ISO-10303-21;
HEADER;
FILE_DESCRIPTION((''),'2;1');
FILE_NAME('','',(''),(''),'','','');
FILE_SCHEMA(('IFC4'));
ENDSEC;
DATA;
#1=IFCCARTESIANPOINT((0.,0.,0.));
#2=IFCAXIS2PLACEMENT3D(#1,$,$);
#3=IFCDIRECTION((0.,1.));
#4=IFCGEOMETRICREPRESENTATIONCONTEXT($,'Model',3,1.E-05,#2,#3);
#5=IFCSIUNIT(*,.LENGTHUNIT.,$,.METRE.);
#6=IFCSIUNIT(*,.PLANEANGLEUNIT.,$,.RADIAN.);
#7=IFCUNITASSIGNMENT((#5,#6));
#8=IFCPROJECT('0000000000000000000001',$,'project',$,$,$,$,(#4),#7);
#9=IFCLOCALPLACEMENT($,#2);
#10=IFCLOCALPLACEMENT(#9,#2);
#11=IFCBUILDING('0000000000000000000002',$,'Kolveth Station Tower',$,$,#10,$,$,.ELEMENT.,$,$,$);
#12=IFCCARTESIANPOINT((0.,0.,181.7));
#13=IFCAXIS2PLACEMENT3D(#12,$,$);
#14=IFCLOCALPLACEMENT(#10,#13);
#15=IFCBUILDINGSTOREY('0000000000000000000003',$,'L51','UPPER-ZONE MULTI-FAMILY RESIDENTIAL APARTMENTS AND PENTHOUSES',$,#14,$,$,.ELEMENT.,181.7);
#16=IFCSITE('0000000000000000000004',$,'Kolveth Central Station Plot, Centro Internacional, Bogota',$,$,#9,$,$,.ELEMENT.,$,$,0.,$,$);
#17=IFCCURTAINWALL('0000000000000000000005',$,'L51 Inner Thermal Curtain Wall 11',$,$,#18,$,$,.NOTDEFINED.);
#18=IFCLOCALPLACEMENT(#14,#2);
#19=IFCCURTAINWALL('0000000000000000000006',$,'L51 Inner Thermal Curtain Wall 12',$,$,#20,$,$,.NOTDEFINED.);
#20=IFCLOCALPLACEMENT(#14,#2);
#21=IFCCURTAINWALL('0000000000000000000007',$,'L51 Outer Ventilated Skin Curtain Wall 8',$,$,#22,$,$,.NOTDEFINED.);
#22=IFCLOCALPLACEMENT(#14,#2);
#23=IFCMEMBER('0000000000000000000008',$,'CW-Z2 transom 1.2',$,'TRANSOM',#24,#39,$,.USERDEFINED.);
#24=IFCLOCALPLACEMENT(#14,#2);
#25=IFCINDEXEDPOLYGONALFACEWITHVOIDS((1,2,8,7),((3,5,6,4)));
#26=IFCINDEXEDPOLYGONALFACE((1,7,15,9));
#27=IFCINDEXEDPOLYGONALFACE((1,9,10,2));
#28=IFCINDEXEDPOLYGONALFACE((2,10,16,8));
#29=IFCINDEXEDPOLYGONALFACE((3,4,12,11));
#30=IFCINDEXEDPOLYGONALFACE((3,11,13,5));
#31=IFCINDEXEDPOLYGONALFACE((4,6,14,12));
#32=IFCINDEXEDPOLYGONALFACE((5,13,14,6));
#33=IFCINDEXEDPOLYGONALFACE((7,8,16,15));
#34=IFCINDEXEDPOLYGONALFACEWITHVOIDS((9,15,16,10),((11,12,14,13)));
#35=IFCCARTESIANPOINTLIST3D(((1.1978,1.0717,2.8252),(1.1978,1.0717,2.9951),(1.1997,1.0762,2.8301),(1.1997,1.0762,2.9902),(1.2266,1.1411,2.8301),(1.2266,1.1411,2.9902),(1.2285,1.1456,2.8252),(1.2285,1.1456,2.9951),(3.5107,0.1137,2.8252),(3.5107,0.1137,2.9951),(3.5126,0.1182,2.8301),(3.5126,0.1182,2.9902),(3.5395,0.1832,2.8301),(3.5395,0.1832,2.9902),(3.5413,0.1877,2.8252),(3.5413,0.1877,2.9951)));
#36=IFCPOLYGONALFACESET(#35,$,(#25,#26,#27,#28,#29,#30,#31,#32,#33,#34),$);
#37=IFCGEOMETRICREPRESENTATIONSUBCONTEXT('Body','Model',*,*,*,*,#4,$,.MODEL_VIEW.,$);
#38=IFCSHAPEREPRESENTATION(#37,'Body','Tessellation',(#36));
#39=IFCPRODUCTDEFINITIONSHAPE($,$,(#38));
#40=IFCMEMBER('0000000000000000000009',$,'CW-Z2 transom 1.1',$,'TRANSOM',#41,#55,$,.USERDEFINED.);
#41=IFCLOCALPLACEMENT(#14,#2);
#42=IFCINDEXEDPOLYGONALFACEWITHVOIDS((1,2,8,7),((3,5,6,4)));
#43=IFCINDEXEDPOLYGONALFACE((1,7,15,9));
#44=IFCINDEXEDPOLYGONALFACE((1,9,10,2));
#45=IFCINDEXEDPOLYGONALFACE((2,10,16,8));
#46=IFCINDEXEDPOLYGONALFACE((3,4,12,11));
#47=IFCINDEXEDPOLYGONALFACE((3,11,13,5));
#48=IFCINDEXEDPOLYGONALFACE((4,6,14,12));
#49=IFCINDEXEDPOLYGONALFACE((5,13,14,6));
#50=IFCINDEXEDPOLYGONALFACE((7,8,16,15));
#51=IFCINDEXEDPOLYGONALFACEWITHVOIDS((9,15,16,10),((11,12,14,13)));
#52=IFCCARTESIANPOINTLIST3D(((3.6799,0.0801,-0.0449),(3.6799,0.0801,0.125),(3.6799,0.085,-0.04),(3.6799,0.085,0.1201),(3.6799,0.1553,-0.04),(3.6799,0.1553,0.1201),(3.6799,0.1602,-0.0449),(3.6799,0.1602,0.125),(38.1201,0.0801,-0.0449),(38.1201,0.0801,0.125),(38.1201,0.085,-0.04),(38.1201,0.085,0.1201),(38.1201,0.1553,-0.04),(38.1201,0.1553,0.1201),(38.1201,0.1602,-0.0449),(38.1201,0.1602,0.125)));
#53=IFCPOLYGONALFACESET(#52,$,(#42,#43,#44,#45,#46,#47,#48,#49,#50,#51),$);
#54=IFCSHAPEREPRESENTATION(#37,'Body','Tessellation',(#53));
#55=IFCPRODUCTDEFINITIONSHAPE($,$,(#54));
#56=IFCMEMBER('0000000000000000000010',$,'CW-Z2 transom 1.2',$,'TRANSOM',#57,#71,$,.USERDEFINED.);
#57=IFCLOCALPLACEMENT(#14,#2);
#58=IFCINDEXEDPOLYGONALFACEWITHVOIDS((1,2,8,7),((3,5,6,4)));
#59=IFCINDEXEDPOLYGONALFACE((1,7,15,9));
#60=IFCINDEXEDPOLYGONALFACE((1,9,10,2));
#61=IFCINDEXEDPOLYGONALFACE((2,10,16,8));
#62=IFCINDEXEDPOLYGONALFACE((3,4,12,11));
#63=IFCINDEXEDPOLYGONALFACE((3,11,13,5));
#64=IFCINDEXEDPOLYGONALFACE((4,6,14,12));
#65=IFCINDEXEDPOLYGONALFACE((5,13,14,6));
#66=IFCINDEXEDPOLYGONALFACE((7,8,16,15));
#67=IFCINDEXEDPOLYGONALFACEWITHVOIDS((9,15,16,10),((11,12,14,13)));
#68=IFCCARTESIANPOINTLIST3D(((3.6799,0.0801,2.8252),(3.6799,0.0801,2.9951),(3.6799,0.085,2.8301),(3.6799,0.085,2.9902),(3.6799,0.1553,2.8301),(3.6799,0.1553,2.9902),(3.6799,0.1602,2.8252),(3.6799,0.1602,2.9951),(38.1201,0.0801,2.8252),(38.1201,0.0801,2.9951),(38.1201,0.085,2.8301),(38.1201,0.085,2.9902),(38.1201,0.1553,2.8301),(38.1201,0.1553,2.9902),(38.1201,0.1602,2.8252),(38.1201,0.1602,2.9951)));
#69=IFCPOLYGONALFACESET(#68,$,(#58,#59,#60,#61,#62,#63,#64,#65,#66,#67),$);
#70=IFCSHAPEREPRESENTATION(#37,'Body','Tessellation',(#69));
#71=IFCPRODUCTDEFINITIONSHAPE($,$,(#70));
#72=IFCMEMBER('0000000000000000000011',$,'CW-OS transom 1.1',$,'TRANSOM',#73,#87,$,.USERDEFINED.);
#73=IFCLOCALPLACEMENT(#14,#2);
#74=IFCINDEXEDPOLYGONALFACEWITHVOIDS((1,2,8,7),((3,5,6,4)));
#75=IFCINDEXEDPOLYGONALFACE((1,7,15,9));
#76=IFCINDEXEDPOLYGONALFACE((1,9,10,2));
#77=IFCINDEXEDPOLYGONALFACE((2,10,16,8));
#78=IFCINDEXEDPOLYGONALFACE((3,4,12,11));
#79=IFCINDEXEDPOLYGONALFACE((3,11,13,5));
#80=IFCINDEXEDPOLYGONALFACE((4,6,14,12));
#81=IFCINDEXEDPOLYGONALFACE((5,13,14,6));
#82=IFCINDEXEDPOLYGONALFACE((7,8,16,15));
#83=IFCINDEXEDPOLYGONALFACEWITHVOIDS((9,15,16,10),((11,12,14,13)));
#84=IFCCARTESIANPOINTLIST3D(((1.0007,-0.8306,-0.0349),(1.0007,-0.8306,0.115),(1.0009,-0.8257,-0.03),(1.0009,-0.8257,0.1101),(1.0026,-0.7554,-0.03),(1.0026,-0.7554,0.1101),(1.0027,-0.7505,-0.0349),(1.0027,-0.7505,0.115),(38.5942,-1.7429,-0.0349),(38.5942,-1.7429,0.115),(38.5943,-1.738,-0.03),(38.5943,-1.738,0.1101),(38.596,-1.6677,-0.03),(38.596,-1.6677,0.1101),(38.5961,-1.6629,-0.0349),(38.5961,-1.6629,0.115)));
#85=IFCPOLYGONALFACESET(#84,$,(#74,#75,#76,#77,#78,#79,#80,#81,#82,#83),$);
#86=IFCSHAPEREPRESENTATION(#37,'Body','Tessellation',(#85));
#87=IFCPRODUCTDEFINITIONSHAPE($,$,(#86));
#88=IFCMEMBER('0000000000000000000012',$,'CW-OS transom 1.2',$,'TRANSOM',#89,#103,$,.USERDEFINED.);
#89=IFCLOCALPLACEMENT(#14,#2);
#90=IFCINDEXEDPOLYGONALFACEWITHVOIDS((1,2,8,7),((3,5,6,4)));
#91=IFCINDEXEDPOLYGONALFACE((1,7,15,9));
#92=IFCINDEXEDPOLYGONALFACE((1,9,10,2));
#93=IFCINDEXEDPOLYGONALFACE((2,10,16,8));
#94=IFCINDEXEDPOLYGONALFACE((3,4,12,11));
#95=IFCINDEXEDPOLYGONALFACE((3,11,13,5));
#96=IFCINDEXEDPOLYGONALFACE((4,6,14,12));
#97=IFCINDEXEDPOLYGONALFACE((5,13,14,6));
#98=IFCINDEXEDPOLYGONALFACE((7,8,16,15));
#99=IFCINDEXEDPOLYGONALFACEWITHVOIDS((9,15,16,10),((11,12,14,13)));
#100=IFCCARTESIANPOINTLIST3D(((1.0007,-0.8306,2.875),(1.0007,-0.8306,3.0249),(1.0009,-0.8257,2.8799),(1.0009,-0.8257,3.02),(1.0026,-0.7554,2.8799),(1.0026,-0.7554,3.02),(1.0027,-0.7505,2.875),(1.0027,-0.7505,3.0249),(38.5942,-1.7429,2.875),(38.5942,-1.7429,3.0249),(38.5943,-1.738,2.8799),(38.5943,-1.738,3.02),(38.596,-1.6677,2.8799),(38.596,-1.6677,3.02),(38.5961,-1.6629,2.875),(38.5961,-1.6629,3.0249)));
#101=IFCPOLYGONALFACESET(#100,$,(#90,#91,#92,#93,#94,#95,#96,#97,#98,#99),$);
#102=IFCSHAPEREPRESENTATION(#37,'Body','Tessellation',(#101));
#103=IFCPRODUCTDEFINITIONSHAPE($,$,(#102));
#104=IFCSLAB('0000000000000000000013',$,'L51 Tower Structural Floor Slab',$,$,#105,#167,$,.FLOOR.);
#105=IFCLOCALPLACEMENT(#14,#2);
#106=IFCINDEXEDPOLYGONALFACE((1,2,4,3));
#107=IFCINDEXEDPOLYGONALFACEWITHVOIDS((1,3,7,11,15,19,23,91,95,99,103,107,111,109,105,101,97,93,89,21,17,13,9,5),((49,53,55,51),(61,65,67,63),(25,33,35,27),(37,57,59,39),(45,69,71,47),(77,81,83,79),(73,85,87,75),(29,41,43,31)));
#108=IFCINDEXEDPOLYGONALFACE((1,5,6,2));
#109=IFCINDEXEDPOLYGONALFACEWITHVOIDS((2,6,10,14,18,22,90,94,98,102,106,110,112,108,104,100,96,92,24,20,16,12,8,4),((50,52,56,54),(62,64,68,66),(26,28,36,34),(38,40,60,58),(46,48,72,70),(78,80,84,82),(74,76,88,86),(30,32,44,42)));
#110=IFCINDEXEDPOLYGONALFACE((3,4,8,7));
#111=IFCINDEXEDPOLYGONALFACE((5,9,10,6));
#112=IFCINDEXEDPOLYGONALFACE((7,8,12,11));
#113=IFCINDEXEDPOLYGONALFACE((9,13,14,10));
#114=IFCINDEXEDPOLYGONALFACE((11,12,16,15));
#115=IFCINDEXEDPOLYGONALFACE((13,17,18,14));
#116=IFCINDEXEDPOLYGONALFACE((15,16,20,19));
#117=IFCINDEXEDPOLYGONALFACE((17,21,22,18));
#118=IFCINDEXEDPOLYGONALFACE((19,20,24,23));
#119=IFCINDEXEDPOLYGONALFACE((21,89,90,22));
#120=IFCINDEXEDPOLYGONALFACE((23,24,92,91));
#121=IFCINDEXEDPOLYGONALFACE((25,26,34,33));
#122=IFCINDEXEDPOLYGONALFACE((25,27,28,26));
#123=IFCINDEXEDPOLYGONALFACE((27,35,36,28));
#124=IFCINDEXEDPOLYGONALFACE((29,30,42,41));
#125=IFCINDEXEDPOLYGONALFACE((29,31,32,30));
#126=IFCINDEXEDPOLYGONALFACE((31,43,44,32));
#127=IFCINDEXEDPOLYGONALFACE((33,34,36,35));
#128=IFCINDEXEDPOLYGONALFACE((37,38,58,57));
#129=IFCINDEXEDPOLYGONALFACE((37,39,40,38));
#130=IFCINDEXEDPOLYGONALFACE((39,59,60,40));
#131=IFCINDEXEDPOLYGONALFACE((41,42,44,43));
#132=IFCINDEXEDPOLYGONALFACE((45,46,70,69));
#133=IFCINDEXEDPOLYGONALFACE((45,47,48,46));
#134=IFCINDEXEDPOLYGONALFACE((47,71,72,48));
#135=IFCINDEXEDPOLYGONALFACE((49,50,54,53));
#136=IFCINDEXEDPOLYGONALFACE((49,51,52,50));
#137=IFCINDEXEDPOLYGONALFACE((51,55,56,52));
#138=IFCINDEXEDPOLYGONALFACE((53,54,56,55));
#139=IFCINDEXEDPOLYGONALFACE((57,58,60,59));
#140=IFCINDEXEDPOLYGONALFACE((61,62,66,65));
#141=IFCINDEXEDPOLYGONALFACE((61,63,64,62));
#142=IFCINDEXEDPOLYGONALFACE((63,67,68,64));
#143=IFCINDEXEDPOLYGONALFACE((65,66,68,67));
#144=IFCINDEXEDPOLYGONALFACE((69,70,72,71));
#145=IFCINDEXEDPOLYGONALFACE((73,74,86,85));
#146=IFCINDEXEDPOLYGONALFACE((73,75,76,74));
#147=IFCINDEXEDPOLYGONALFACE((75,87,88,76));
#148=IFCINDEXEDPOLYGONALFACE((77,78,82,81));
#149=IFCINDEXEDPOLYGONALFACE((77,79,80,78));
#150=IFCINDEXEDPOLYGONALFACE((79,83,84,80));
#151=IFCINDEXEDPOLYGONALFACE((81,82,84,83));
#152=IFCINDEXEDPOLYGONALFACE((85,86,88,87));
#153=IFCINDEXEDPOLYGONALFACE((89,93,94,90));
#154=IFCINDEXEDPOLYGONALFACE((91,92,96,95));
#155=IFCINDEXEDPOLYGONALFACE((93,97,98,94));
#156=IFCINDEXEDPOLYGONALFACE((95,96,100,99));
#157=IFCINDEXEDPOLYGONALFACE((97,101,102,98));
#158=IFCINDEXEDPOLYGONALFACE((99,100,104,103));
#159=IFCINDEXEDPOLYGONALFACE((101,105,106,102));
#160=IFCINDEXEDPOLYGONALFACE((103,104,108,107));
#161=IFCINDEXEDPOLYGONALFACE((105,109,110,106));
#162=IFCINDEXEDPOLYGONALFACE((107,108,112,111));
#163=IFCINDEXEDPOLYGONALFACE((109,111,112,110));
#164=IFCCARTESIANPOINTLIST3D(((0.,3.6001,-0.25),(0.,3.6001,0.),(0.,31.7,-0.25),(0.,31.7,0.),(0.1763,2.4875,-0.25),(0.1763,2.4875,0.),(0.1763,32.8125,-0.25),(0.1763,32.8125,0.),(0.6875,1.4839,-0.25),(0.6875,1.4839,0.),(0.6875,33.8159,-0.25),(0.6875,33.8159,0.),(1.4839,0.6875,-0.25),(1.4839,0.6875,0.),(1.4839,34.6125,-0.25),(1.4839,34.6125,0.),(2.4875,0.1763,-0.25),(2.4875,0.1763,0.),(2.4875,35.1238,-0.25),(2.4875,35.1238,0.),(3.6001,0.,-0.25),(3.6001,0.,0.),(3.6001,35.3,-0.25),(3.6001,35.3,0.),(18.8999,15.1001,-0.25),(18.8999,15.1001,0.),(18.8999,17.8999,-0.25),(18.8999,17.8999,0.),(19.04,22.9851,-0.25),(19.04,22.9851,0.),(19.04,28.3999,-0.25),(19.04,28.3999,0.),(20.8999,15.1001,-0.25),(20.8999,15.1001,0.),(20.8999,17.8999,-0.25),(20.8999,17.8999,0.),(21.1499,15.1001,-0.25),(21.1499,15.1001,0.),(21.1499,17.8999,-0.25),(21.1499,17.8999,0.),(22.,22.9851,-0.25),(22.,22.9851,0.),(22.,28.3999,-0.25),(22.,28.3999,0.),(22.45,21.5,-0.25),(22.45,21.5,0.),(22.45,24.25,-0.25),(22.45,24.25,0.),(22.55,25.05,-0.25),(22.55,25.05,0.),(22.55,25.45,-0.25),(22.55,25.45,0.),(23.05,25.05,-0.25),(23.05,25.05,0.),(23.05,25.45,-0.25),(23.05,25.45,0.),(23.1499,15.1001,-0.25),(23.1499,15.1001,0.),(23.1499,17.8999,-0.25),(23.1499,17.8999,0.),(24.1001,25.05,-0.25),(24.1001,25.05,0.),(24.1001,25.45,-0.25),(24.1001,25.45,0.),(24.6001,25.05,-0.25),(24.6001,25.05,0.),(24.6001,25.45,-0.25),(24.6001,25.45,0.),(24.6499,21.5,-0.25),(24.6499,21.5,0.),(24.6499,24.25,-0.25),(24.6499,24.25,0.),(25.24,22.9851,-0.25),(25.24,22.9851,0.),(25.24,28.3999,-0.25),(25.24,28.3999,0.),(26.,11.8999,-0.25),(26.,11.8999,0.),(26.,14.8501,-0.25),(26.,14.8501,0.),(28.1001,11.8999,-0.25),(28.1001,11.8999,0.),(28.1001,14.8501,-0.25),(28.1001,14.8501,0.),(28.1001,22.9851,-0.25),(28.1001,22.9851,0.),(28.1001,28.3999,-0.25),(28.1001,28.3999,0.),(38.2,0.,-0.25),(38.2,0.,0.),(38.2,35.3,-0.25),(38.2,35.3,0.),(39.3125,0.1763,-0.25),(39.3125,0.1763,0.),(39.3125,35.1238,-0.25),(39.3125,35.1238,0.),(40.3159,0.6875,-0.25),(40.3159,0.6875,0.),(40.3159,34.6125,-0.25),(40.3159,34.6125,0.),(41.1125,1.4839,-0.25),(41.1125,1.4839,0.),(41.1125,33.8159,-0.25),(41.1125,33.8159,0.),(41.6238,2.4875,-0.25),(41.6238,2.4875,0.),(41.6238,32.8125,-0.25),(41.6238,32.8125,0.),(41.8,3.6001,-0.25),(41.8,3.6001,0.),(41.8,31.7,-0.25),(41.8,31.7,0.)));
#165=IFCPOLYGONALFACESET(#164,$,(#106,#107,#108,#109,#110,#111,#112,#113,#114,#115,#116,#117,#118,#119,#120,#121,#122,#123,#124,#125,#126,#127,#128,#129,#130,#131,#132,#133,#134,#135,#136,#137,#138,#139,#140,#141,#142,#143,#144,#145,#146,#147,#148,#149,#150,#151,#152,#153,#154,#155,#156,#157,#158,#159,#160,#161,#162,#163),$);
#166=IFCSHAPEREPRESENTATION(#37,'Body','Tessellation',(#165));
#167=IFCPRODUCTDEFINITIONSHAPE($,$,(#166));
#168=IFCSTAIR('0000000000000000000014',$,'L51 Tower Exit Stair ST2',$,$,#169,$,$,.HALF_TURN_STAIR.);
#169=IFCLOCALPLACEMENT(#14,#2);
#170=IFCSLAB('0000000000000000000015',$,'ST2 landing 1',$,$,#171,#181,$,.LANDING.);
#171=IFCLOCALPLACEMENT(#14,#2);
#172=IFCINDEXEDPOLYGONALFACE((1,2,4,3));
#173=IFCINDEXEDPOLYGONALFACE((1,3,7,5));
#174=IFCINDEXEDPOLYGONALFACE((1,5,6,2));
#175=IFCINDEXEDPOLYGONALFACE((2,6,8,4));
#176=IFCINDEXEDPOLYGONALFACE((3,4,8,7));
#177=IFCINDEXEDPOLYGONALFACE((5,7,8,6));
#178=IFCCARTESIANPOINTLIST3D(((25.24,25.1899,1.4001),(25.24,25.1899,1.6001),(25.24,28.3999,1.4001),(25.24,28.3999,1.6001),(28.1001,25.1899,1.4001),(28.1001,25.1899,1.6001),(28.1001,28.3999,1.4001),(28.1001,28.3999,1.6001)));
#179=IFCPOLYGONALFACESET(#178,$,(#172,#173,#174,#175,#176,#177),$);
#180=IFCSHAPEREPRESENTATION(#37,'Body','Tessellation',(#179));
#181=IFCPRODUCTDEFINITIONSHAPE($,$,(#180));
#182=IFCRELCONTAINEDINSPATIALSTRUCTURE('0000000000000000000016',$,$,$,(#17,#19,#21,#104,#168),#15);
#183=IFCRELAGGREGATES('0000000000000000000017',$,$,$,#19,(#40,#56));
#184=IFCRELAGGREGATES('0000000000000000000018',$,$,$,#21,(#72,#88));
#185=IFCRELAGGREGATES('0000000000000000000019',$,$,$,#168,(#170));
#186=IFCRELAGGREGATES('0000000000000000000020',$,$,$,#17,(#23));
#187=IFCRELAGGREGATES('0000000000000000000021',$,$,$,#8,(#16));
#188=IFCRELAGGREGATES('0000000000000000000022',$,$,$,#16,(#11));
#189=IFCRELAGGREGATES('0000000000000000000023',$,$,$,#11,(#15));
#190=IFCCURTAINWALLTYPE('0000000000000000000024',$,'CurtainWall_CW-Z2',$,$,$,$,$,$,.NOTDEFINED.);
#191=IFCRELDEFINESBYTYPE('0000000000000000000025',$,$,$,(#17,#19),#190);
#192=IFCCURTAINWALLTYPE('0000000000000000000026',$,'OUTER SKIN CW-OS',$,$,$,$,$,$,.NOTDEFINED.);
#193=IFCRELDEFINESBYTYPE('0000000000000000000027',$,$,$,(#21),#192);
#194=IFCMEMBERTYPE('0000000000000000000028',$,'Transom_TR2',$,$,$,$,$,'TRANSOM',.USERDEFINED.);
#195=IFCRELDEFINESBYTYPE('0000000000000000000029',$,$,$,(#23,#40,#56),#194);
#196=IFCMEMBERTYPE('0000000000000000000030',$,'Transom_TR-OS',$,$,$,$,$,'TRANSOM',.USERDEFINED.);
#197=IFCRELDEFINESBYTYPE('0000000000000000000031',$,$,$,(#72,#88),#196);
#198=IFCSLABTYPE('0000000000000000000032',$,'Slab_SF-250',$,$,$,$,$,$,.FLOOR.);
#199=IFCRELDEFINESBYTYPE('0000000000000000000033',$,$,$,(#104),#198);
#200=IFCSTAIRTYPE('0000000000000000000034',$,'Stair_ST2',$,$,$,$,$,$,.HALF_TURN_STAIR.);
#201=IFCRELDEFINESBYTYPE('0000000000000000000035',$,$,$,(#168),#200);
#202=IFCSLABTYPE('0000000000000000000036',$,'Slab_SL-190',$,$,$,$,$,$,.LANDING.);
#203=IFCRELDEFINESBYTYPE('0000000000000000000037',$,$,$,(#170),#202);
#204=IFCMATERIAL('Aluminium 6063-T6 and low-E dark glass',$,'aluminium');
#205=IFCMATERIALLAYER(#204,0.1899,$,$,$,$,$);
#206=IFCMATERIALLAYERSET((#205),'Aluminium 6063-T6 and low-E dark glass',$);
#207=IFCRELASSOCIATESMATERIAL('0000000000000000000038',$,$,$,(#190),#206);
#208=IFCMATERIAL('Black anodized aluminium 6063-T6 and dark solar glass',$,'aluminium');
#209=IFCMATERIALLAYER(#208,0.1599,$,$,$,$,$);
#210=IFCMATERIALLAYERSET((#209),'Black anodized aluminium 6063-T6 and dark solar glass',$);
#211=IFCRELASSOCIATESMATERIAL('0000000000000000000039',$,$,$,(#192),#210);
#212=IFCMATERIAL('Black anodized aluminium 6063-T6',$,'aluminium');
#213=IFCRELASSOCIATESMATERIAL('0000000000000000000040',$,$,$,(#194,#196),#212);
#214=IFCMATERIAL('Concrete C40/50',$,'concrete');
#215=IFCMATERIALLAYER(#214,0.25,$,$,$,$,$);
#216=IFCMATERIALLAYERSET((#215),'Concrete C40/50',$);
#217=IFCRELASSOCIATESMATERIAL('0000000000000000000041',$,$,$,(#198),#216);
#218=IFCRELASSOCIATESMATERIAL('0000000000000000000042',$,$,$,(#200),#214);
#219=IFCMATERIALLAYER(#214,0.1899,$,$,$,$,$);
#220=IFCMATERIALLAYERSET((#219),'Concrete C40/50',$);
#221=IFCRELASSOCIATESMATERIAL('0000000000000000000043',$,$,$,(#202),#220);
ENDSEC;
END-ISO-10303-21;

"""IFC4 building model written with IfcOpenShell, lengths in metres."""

from ifc_helpers import new_model, si_unit, direction, frame, origin, origin_2d, place, context, subcontext, project, spatial, polyline, hollow_rectangle, outline, extrude, source, transform, mapped, material, layer, layer_set, material_profile, profile_set, type_object, element, aggregate, save


model = new_model("IFC4")

# Units and contexts
model_context = context("Model", 3, precision=1e-05, world=origin(), true_north=direction((0.0, 1.0)))
body_context = subcontext(model_context, "Body", "Model", "MODEL_VIEW")
ifc_project = project(units=[si_unit("LENGTHUNIT", "METRE"), si_unit("PLANEANGLEUNIT", "RADIAN")], contexts=[model_context])

# Site, building, storey
site_placement = place(None, origin())
site = spatial("IfcSite", under=ifc_project, at=site_placement, Name="Kolveth Central Station Plot, Centro Internacional, Bogota", CompositionType="ELEMENT", RefElevation=0.0)
building_placement = place(site_placement, origin())
building = spatial("IfcBuilding", under=site, at=building_placement, Name="Kolveth Station Tower", CompositionType="ELEMENT")
storey_placement = place(building_placement, frame((0.0, 0.0, 181.7)))
storey = spatial("IfcBuildingStorey", under=building, at=storey_placement, Name="L51", Description="UPPER-ZONE MULTI-FAMILY RESIDENTIAL APARTMENTS AND PENTHOUSES", CompositionType="ELEMENT", Elevation=181.7)

# Shared definitions
ifc_material_1 = material(Name="Aluminium 6063-T6 and low-E dark glass", Category="aluminium")
ifc_layer_1 = layer(ifc_material_1, 0.1899)
ifc_layer_set_1 = layer_set([ifc_layer_1], Name="Aluminium 6063-T6 and low-E dark glass")
curtain_wall_type_1 = type_object("IfcCurtainWallType", Name="CurtainWall_CW-Z2", PredefinedType="NOTDEFINED", material=ifc_layer_set_1)
ifc_material_2 = material(Name="Black anodized aluminium 6063-T6", Category="aluminium")

# Curtain wall
curtain_wall_1_placement = place(storey_placement, origin())
curtain_wall_1 = element("IfcCurtainWall", 1, at=curtain_wall_1_placement, inside=storey, type_object=curtain_wall_type_1, Name="L51 Inner Thermal Curtain Wall 11", PredefinedType="NOTDEFINED")

# Curtain walls
curtain_wall_2_placement = place(storey_placement, origin())
curtain_wall_2 = element("IfcCurtainWall", 2, at=curtain_wall_2_placement, inside=storey, type_object=curtain_wall_type_1, Name="L51 Inner Thermal Curtain Wall 12", PredefinedType="NOTDEFINED")
ifc_material_3 = material(Name="Black anodized aluminium 6063-T6 and dark solar glass", Category="aluminium")
ifc_layer_2 = layer(ifc_material_3, 0.1599)
ifc_layer_set_2 = layer_set([ifc_layer_2], Name="Black anodized aluminium 6063-T6 and dark solar glass")
curtain_wall_type_2 = type_object("IfcCurtainWallType", Name="OUTER SKIN CW-OS", PredefinedType="NOTDEFINED", material=ifc_layer_set_2)
curtain_wall_3_placement = place(storey_placement, origin())
curtain_wall_3 = element("IfcCurtainWall", 3, at=curtain_wall_3_placement, inside=storey, type_object=curtain_wall_type_2, Name="L51 Outer Ventilated Skin Curtain Wall 8", PredefinedType="NOTDEFINED")

# Members
ifc_material_profile_1 = material_profile(ifc_material_2, hollow_rectangle(XDim=0.0801, YDim=0.1699, WallThickness=0.0049, at=origin_2d()), Name="ALU-80x170x5")
ifc_profile_set_1 = profile_set([ifc_material_profile_1], Name="Black anodized aluminium 6063-T6")
member_type_1 = type_object("IfcMemberType", Name="Transom_TR2", ElementType="TRANSOM", PredefinedType="USERDEFINED", material=ifc_profile_set_1)
shared_shape_1 = source(origin(), body_context, "Body", "SweptSolid", [
    extrude(hollow_rectangle(XDim=0.0801, YDim=0.1699, WallThickness=0.0049, at=origin_2d()), origin(), (0.0, 0.0, 1.0), 2.5034),
])
member_1_placement = place(storey_placement, frame((1.2131, 1.1086, 2.9102), z_axis=(0.923888, -0.382662, 0.0), x_axis=(0.382662, 0.923888, 0.0)))
member_1 = element("IfcMember", 4, at=member_1_placement, type_object=member_type_1, Name="CW-Z2 transom 1.2", ObjectType="TRANSOM", PredefinedType="USERDEFINED", context=body_context, shape_type="MappedRepresentation", body=[
    mapped(shared_shape_1, transform((0.0, 0.0, 0.0), x_axis=(1.0, 0.0, 0.0), y_axis=(0.0, 1.0, 0.0), z_axis=(0.0, 0.0, 1.0), scale=1.0)),
])
shared_shape_2 = source(origin(), body_context, "Body", "SweptSolid", [
    extrude(hollow_rectangle(XDim=0.0801, YDim=0.1699, WallThickness=0.0049, at=origin_2d()), origin(), (0.0, 0.0, 1.0), 34.4402),
])
member_2_placement = place(storey_placement, frame((3.6799, 0.1201, 0.04), z_axis=(1.0, 0.0, 0.0), x_axis=(0.0, 1.0, 0.0)))
member_2 = element("IfcMember", 5, at=member_2_placement, type_object=member_type_1, Name="CW-Z2 transom 1.1", ObjectType="TRANSOM", PredefinedType="USERDEFINED", context=body_context, shape_type="MappedRepresentation", body=[
    mapped(shared_shape_2, transform((0.0, 0.0, 0.0), x_axis=(1.0, 0.0, 0.0), y_axis=(0.0, 1.0, 0.0), z_axis=(0.0, 0.0, 1.0), scale=1.0)),
])
member_3_placement = place(storey_placement, frame((3.6799, 0.1201, 2.9102), z_axis=(1.0, 0.0, 0.0), x_axis=(0.0, 1.0, 0.0)))
member_3 = element("IfcMember", 6, at=member_3_placement, type_object=member_type_1, Name="CW-Z2 transom 1.2", ObjectType="TRANSOM", PredefinedType="USERDEFINED", context=body_context, shape_type="MappedRepresentation", body=[
    mapped(shared_shape_2, transform((0.0, 0.0, 0.0), x_axis=(1.0, 0.0, 0.0), y_axis=(0.0, 1.0, 0.0), z_axis=(0.0, 0.0, 1.0), scale=1.0)),
])
aggregate(curtain_wall_2, [member_2, member_3])
ifc_material_profile_2 = material_profile(ifc_material_2, hollow_rectangle(XDim=0.0801, YDim=0.1499, WallThickness=0.0049, at=origin_2d()), Name="ALU-80x150x5")
ifc_profile_set_2 = profile_set([ifc_material_profile_2], Name="Black anodized aluminium 6063-T6")
member_type_2 = type_object("IfcMemberType", Name="Transom_TR-OS", ElementType="TRANSOM", PredefinedType="USERDEFINED", material=ifc_profile_set_2)
shared_shape_3 = source(origin(), body_context, "Body", "SweptSolid", [
    extrude(hollow_rectangle(XDim=0.0801, YDim=0.1499, WallThickness=0.0049, at=origin_2d()), origin(), (0.0, 0.0, 1.0), 37.6045),
])
member_4_placement = place(storey_placement, frame((1.0017, -0.7905, 0.04), z_axis=(0.999706, -0.024262, 0.0), x_axis=(0.024262, 0.999706, 0.0)))
member_4 = element("IfcMember", 7, at=member_4_placement, type_object=member_type_2, Name="CW-OS transom 1.1", ObjectType="TRANSOM", PredefinedType="USERDEFINED", context=body_context, shape_type="MappedRepresentation", body=[
    mapped(shared_shape_3, transform((0.0, 0.0, 0.0), x_axis=(1.0, 0.0, 0.0), y_axis=(0.0, 1.0, 0.0), z_axis=(0.0, 0.0, 1.0), scale=1.0)),
])
member_5_placement = place(storey_placement, frame((1.0017, -0.7905, 2.95), z_axis=(0.999706, -0.024262, 0.0), x_axis=(0.024262, 0.999706, 0.0)))
member_5 = element("IfcMember", 8, at=member_5_placement, type_object=member_type_2, Name="CW-OS transom 1.2", ObjectType="TRANSOM", PredefinedType="USERDEFINED", context=body_context, shape_type="MappedRepresentation", body=[
    mapped(shared_shape_3, transform((0.0, 0.0, 0.0), x_axis=(1.0, 0.0, 0.0), y_axis=(0.0, 1.0, 0.0), z_axis=(0.0, 0.0, 1.0), scale=1.0)),
])
aggregate(curtain_wall_3, [member_4, member_5])

# Slab
ifc_material_4 = material(Name="Concrete C40/50", Category="concrete")
ifc_layer_3 = layer(ifc_material_4, 0.25)
ifc_layer_set_3 = layer_set([ifc_layer_3], Name="Concrete C40/50")
slab_type_1 = type_object("IfcSlabType", Name="Slab_SF-250", PredefinedType="FLOOR", material=ifc_layer_set_3)
slab_1_placement = place(storey_placement, frame((0.0, 0.0, -0.25)))
element("IfcSlab", 9, at=slab_1_placement, inside=storey, type_object=slab_type_1, Name="L51 Tower Structural Floor Slab", PredefinedType="FLOOR", context=body_context, shape_type="SweptSolid", body=[
    extrude(outline(polyline([(38.2, 0.0), (39.3125, 0.1763), (40.3159, 0.6875), (41.1125, 1.4839), (41.6238, 2.4875), (41.8, 3.6001), (41.8, 31.7), (41.6238, 32.8125), (41.1125, 33.8159), (40.3159, 34.6125), (39.3125, 35.1238), (38.2, 35.3), (3.6001, 35.3), (2.4875, 35.1238), (1.4839, 34.6125), (0.6875, 33.8159), (0.1763, 32.8125), (0.0, 31.7), (0.0, 3.6001), (0.1763, 2.4875), (0.6875, 1.4839), (1.4839, 0.6875), (2.4875, 0.1763), (3.6001, 0.0), (38.2, 0.0)]), holes=[polyline([(19.04, 22.9851), (22.0, 22.9851), (22.0, 28.3999), (19.04, 28.3999), (19.04, 22.9851)]), polyline([(25.24, 22.9851), (28.1001, 22.9851), (28.1001, 28.3999), (25.24, 28.3999), (25.24, 22.9851)]), polyline([(18.8999, 15.1001), (20.8999, 15.1001), (20.8999, 17.8999), (18.8999, 17.8999), (18.8999, 15.1001)]), polyline([(21.1499, 15.1001), (23.1499, 15.1001), (23.1499, 17.8999), (21.1499, 17.8999), (21.1499, 15.1001)]), polyline([(22.45, 21.5), (24.6499, 21.5), (24.6499, 24.25), (22.45, 24.25), (22.45, 21.5)]), polyline([(26.0, 11.8999), (28.1001, 11.8999), (28.1001, 14.8501), (26.0, 14.8501), (26.0, 11.8999)]), polyline([(22.55, 25.05), (23.05, 25.05), (23.05, 25.45), (22.55, 25.45), (22.55, 25.05)]), polyline([(24.1001, 25.05), (24.6001, 25.05), (24.6001, 25.45), (24.1001, 25.45), (24.1001, 25.05)])]), origin(), (0.0, 0.0, 1.0), 0.25),
])

# Stair, slab
stair_type_1 = type_object("IfcStairType", Name="Stair_ST2", PredefinedType="HALF_TURN_STAIR", material=ifc_material_4)
stair_1_placement = place(storey_placement, origin())
stair_1 = element("IfcStair", 10, at=stair_1_placement, inside=storey, type_object=stair_type_1, Name="L51 Tower Exit Stair ST2", PredefinedType="HALF_TURN_STAIR")
ifc_layer_4 = layer(ifc_material_4, 0.1899)
ifc_layer_set_4 = layer_set([ifc_layer_4], Name="Concrete C40/50")
slab_type_2 = type_object("IfcSlabType", Name="Slab_SL-190", PredefinedType="LANDING", material=ifc_layer_set_4)
slab_2_placement = place(storey_placement, frame((0.0, 0.0, 1.4001)))
slab_2 = element("IfcSlab", 11, at=slab_2_placement, type_object=slab_type_2, Name="ST2 landing 1", PredefinedType="LANDING", context=body_context, shape_type="SweptSolid", body=[
    extrude(outline(polyline([(28.1001, 25.1899), (28.1001, 28.3999), (25.24, 28.3999), (25.24, 25.1899), (28.1001, 25.1899)])), origin(), (0.0, 0.0, 1.0), 0.2),
])
aggregate(stair_1, [slab_2])

aggregate(curtain_wall_1, [member_1])

save(model, "model.ifc")
